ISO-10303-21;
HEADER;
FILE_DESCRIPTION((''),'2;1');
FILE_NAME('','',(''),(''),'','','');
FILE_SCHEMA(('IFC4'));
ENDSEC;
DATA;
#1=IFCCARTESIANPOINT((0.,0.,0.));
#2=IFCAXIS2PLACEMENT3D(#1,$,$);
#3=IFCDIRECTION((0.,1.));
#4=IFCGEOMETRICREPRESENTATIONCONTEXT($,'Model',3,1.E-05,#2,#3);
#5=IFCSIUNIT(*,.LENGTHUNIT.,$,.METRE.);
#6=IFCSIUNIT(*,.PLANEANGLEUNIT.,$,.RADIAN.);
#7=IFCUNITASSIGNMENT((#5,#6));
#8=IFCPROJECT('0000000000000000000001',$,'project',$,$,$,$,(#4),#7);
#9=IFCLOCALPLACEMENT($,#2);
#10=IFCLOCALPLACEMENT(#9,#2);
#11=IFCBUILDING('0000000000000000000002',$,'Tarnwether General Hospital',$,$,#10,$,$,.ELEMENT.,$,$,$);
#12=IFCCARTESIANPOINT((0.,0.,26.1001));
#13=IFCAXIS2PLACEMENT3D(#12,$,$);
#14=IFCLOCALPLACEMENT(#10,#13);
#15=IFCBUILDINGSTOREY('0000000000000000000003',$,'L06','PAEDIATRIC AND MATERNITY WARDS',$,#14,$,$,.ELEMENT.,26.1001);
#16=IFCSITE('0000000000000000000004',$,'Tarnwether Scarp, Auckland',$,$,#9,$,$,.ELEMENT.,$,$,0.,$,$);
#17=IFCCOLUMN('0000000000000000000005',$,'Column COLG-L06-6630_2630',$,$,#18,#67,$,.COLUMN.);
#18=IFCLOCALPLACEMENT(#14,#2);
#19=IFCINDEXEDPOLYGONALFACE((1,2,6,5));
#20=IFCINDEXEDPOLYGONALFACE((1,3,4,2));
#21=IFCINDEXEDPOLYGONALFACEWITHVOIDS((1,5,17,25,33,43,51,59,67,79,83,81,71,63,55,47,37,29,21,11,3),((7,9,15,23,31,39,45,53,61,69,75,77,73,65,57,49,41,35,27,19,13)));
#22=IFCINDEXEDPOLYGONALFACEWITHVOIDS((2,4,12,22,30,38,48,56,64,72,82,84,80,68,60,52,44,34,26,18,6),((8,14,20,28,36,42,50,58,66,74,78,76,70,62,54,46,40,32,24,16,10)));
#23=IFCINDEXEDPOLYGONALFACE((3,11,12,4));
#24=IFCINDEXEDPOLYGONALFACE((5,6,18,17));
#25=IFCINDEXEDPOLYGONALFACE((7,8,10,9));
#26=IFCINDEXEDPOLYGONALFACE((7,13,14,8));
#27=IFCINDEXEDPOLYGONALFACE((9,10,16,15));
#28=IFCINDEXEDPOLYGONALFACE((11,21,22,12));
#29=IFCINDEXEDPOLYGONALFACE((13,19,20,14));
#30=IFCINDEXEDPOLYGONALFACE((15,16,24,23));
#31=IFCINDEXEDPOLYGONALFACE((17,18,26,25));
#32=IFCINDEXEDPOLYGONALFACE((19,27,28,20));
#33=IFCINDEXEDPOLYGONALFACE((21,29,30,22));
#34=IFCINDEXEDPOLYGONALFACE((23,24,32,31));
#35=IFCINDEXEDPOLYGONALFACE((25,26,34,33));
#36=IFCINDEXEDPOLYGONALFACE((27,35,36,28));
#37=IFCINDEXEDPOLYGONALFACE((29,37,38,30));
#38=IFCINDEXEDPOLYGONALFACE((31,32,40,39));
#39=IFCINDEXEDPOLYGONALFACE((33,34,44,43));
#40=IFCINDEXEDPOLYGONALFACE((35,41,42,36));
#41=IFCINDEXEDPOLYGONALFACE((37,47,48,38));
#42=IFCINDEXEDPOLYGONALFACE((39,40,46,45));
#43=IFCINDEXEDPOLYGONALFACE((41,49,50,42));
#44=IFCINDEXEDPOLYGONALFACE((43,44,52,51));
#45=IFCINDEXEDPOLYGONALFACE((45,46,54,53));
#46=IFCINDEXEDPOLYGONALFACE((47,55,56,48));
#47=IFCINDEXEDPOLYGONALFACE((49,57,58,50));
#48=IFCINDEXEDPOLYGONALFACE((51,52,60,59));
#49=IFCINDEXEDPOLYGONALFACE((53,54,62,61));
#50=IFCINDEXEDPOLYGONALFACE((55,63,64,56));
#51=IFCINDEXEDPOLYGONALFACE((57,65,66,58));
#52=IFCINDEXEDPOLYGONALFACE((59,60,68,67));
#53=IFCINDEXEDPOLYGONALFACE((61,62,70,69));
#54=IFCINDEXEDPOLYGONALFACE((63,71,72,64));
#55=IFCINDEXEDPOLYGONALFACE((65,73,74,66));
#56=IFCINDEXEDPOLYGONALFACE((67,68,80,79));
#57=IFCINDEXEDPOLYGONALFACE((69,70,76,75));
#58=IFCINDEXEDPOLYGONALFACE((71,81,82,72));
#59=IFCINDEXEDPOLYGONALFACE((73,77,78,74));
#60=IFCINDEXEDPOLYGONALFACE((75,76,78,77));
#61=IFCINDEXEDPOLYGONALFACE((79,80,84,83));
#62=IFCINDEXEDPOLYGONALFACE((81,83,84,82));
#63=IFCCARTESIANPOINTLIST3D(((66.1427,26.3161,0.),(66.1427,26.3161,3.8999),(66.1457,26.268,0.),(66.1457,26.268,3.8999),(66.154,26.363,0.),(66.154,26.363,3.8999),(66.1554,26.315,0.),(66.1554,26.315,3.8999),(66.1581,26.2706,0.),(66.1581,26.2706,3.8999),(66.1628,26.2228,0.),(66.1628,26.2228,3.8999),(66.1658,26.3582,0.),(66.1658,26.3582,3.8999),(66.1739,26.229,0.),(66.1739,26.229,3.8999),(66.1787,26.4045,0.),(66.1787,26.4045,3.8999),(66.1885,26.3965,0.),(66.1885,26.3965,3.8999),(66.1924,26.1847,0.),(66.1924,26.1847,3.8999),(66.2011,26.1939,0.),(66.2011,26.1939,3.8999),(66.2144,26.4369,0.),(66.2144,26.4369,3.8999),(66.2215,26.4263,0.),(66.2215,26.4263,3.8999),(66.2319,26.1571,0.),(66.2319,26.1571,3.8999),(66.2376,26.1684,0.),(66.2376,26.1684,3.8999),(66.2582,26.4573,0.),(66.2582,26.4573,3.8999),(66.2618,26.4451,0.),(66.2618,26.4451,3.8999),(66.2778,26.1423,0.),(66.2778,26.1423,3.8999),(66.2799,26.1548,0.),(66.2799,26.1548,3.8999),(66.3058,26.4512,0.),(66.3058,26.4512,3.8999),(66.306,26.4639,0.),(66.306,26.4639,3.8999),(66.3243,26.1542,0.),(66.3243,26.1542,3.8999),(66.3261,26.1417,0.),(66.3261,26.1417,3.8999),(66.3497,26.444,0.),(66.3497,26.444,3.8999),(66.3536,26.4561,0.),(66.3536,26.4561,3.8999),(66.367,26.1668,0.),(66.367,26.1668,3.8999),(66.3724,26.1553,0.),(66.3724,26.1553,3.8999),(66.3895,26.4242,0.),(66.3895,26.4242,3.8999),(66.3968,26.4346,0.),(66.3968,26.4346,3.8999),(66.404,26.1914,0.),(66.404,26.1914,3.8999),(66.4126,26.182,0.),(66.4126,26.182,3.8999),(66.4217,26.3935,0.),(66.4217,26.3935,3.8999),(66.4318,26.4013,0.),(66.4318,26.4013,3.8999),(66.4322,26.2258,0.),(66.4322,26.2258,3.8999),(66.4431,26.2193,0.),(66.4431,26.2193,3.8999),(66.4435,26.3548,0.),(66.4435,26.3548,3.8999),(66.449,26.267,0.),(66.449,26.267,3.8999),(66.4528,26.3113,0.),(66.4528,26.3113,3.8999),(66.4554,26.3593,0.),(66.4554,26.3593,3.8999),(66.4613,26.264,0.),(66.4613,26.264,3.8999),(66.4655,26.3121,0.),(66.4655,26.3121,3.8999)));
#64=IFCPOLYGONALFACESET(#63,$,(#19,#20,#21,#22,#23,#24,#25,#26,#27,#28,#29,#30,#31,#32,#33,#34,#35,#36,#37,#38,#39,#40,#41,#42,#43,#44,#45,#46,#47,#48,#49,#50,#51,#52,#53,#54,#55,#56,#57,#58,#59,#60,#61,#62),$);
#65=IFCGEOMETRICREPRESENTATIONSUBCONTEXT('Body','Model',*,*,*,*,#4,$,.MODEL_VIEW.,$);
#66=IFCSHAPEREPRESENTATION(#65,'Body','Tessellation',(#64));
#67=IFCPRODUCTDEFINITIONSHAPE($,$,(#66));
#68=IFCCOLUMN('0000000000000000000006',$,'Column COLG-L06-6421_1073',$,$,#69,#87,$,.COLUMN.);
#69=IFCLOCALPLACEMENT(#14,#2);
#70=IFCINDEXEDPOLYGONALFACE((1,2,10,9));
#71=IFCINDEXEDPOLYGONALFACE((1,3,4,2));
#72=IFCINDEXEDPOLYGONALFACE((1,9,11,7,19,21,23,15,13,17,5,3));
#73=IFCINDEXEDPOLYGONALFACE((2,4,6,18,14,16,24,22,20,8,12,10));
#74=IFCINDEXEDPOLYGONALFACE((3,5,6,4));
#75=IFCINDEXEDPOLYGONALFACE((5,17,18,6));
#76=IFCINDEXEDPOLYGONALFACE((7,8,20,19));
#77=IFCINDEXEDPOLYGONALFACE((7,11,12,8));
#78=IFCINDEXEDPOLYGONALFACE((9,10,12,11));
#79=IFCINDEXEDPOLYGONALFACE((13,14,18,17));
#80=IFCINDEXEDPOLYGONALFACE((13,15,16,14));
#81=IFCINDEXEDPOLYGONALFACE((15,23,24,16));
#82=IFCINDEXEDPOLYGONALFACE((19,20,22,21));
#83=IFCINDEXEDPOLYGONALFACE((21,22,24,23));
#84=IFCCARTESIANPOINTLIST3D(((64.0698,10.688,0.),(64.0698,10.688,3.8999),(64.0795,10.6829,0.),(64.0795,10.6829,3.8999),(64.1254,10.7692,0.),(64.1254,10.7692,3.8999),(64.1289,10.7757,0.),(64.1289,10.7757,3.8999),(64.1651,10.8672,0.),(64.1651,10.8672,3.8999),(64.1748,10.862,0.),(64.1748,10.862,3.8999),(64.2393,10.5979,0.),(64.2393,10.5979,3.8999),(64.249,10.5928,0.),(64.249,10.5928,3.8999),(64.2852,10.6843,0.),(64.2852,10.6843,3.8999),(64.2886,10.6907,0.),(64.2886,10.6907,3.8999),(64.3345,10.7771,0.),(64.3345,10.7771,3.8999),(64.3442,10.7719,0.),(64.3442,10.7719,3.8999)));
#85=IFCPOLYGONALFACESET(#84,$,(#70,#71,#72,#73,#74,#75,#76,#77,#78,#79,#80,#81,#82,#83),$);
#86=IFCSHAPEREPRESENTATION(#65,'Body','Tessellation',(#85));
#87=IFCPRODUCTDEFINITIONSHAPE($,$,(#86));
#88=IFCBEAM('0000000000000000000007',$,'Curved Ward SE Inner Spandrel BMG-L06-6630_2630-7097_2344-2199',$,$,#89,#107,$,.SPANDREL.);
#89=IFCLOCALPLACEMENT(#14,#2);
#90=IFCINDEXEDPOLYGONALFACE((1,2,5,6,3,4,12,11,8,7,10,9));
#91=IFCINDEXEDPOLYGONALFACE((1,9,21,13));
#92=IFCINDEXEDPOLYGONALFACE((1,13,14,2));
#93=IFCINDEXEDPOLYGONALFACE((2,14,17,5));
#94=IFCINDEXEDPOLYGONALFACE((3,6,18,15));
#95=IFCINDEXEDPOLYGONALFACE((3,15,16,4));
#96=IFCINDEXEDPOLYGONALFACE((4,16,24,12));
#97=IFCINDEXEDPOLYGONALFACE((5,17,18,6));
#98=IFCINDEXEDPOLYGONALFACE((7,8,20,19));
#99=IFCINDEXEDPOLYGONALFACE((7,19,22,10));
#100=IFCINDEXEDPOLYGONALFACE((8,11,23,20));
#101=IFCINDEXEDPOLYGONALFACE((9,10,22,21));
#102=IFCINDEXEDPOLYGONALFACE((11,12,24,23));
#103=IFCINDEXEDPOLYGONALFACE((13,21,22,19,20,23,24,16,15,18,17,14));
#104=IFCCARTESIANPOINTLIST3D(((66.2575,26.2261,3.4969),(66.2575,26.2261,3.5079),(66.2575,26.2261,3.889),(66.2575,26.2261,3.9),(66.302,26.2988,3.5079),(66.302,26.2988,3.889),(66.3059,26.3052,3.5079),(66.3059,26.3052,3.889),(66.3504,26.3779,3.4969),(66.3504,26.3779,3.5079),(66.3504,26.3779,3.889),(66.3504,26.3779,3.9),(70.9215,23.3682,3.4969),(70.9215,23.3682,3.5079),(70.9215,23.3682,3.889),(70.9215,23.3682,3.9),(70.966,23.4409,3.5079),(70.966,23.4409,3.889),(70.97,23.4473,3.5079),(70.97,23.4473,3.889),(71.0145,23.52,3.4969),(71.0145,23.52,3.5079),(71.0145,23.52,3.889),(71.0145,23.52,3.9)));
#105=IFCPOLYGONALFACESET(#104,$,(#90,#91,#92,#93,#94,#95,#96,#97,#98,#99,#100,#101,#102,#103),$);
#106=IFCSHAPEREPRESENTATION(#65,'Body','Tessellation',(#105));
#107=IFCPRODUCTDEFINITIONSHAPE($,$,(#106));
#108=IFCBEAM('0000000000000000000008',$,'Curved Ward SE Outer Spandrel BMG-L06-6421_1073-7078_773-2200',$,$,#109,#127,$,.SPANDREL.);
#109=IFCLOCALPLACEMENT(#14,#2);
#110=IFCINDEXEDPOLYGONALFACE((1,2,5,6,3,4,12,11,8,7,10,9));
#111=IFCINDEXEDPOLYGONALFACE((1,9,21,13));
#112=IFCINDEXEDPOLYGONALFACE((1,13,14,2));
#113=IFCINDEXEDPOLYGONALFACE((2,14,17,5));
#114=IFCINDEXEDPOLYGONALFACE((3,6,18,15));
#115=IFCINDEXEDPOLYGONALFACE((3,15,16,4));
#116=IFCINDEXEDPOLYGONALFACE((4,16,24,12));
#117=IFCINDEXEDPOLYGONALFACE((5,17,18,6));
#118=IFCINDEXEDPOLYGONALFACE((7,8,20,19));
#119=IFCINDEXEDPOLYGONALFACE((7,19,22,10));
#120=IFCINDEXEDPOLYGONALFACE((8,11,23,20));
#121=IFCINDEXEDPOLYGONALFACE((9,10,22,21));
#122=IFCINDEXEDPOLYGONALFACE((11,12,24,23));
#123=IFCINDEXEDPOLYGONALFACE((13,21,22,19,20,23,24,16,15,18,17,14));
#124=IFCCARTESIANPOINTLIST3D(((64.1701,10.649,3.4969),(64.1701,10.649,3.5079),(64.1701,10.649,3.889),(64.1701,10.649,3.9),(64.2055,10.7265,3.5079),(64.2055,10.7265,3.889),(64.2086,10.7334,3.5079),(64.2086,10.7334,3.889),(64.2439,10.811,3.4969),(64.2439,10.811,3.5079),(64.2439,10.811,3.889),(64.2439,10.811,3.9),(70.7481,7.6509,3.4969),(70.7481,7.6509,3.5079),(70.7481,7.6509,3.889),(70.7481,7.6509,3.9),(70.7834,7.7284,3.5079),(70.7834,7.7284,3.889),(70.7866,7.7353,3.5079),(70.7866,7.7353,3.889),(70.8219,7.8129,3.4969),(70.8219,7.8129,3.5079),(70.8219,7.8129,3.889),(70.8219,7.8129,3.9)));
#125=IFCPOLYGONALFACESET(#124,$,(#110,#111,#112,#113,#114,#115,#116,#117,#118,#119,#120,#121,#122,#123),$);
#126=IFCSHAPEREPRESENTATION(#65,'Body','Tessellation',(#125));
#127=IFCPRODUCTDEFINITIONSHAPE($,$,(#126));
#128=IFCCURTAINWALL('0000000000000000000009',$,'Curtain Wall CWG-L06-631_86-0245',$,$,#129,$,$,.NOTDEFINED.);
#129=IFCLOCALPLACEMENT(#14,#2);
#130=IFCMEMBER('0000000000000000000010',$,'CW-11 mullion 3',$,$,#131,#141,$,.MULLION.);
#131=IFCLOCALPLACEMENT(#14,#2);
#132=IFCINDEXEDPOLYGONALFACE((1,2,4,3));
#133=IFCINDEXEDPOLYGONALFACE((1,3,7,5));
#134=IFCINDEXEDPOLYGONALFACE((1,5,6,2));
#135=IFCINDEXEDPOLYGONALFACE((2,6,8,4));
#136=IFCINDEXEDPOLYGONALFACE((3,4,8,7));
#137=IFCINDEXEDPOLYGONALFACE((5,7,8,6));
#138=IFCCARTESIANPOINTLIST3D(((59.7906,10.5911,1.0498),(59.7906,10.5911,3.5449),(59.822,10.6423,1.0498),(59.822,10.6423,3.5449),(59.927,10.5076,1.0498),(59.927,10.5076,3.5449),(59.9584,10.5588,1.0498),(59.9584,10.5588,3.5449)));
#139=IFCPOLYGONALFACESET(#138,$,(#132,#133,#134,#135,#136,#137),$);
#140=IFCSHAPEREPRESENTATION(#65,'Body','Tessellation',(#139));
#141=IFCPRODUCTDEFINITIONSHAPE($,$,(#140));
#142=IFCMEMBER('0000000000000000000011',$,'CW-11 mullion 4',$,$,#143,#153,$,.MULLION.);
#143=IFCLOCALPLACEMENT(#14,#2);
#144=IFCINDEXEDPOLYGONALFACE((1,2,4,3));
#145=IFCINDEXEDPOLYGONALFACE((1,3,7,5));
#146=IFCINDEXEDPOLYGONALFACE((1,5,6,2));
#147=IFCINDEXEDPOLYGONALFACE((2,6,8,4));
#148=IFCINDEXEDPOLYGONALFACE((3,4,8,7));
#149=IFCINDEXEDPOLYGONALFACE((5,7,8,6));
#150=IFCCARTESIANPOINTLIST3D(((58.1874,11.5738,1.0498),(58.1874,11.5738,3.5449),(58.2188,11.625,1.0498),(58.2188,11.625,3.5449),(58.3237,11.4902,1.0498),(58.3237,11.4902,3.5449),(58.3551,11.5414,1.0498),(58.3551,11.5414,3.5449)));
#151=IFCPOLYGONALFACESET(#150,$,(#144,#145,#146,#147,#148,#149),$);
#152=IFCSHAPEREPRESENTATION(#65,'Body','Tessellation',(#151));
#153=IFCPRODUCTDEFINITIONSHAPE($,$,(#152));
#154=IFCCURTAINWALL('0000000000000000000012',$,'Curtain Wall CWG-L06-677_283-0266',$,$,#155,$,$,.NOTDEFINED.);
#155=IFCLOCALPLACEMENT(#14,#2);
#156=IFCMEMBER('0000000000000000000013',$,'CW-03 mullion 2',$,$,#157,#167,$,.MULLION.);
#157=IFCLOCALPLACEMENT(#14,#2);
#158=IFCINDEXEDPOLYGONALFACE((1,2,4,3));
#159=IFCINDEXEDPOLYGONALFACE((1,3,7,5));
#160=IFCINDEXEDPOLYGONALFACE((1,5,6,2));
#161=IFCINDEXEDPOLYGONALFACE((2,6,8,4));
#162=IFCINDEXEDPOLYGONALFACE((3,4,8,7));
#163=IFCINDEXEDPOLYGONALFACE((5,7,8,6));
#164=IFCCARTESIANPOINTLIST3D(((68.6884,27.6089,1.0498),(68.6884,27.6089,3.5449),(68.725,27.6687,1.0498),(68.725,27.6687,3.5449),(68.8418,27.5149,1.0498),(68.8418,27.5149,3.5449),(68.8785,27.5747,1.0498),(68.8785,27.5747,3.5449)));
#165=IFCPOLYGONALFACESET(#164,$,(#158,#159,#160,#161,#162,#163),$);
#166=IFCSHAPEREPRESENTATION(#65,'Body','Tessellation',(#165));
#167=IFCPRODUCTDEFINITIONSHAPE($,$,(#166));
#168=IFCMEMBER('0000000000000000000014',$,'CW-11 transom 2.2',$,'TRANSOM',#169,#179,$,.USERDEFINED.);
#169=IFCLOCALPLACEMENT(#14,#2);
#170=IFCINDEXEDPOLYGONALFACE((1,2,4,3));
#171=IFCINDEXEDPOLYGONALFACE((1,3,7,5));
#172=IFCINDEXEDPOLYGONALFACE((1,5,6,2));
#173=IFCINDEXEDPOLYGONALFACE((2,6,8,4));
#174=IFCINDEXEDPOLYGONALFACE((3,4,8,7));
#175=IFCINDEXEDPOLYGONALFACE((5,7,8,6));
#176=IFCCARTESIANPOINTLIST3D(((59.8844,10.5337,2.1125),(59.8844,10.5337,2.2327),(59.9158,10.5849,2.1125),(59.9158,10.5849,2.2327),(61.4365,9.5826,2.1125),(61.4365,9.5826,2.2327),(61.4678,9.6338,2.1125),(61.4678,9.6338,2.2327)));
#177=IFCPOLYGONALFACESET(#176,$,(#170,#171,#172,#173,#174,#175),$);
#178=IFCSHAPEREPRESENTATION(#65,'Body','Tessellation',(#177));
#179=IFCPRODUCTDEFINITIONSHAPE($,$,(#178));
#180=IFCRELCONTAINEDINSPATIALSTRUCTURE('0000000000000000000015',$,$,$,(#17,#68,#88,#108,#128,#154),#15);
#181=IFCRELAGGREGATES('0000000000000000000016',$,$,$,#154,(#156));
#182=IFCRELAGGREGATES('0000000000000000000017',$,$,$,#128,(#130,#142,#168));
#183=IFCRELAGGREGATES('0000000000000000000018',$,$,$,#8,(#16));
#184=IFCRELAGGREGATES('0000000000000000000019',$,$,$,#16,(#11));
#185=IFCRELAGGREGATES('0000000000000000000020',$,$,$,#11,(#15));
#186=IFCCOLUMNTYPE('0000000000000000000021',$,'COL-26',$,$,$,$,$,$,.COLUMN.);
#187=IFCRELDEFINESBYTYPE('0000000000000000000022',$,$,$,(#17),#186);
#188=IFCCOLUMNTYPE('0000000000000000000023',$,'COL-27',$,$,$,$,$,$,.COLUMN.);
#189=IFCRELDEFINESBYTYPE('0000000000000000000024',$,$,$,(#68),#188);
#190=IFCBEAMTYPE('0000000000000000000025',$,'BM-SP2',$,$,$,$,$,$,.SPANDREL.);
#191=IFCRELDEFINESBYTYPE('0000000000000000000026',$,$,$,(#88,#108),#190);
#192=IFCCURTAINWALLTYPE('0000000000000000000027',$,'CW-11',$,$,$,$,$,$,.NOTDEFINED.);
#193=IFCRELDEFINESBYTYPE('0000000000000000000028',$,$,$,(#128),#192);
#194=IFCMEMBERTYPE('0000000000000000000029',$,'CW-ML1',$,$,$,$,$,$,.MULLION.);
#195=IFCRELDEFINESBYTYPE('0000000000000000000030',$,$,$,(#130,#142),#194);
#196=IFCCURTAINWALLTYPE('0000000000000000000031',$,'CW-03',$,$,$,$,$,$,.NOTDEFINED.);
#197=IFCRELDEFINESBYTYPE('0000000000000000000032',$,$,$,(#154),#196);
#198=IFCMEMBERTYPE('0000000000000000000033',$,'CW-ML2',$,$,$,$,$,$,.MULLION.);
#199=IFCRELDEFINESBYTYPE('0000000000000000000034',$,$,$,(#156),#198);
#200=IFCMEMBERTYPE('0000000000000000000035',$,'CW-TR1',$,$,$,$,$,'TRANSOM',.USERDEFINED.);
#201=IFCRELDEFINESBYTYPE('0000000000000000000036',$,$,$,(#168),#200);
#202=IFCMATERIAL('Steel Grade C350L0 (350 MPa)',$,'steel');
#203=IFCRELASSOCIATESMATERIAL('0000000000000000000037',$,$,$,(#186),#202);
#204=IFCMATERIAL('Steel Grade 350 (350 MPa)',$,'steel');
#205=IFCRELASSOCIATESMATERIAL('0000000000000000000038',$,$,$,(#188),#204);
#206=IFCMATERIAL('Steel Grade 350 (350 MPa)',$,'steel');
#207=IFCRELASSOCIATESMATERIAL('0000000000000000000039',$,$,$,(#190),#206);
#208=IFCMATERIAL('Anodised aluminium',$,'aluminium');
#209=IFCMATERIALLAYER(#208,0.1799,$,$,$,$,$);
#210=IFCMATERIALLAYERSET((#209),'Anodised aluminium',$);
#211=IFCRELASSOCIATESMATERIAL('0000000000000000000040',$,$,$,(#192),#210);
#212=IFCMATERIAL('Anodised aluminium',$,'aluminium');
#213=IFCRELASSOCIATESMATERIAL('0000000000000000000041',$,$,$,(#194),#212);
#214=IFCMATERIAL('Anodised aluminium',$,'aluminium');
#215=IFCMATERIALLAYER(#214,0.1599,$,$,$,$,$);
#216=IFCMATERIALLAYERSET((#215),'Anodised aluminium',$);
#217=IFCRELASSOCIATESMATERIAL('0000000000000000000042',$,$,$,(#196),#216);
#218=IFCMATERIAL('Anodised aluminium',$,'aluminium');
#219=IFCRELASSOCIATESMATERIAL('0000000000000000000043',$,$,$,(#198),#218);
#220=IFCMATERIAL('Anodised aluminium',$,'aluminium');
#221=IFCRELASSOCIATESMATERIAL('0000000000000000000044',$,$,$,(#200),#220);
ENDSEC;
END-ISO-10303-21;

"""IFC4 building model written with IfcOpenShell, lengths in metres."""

from ifc_helpers import new_model, si_unit, direction, frame, origin, origin_2d, place, context, subcontext, project, spatial, rectangle, hollow_circle, i_section, extrude, material, layer, layer_set, material_profile, profile_set, type_object, element, aggregate, save


model = new_model("IFC4")

# Units and contexts
model_context = context("Model", 3, precision=1e-05, world=origin(), true_north=direction((0.0, 1.0)))
body_context = subcontext(model_context, "Body", "Model", "MODEL_VIEW")
ifc_project = project(units=[si_unit("LENGTHUNIT", "METRE"), si_unit("PLANEANGLEUNIT", "RADIAN")], contexts=[model_context])

# Site, building, storey
site_placement = place(None, origin())
site = spatial("IfcSite", under=ifc_project, at=site_placement, Name="Tarnwether Scarp, Auckland", CompositionType="ELEMENT", RefElevation=0.0)
building_placement = place(site_placement, origin())
building = spatial("IfcBuilding", under=site, at=building_placement, Name="Tarnwether General Hospital", CompositionType="ELEMENT")
storey_placement = place(building_placement, frame((0.0, 0.0, 26.1001)))
storey = spatial("IfcBuildingStorey", under=building, at=storey_placement, Name="L06", Description="PAEDIATRIC AND MATERNITY WARDS", CompositionType="ELEMENT", Elevation=26.1001)

# Columns
ifc_material_1 = material(Name="Steel Grade C350L0 (350 MPa)", Category="steel")
ifc_material_profile_1 = material_profile(ifc_material_1, hollow_circle(Radius=0.1619, WallThickness=0.0127, at=origin_2d()), Name="CHS323.9x12.7")
ifc_profile_set_1 = profile_set([ifc_material_profile_1], Name="Steel Grade C350L0 (350 MPa)")
column_type_1 = type_object("IfcColumnType", Name="COL-26", PredefinedType="COLUMN", material=ifc_profile_set_1)
column_1_placement = place(storey_placement, frame((66.304, 26.302, 0.0), z_axis=(0.0, 0.0, 1.0), x_axis=(0.573576, 0.819152, 0.0)))
element("IfcColumn", 1, at=column_1_placement, inside=storey, type_object=column_type_1, Name="Column COLG-L06-6630_2630", PredefinedType="COLUMN", context=body_context, shape_type="SweptSolid", body=[
    extrude(hollow_circle(Radius=0.1619, WallThickness=0.0127, at=origin_2d()), origin(), (0.0, 0.0, 1.0), 3.8999),
])
ifc_material_2 = material(Name="Steel Grade 350 (350 MPa)", Category="steel")
ifc_material_profile_2 = material_profile(ifc_material_2, i_section(OverallWidth=0.2029, OverallDepth=0.2029, WebThickness=0.0073, FlangeThickness=0.011, at=origin_2d()), Name="200UC46.2")
ifc_profile_set_2 = profile_set([ifc_material_profile_2], Name="Steel Grade 350 (350 MPa)")
column_type_2 = type_object("IfcColumnType", Name="COL-27", PredefinedType="COLUMN", material=ifc_profile_set_2)
column_2_placement = place(storey_placement, frame((64.207, 10.73, 0.0), z_axis=(0.0, 0.0, 1.0), x_axis=(0.469472, 0.882948, 0.0)))
element("IfcColumn", 2, at=column_2_placement, inside=storey, type_object=column_type_2, Name="Column COLG-L06-6421_1073", PredefinedType="COLUMN", context=body_context, shape_type="SweptSolid", body=[
    extrude(i_section(OverallWidth=0.2029, OverallDepth=0.2029, WebThickness=0.0073, FlangeThickness=0.011, at=origin_2d()), origin(), (0.0, 0.0, 1.0), 3.8999),
])

# Beams
ifc_material_3 = material(Name="Steel Grade 350 (350 MPa)", Category="steel")
ifc_material_profile_3 = material_profile(ifc_material_3, i_section(OverallWidth=0.178, OverallDepth=0.4031, WebThickness=0.0076, FlangeThickness=0.011, at=origin_2d()), Name="410UB53.7")
ifc_profile_set_3 = profile_set([ifc_material_profile_3], Name="Steel Grade 350 (350 MPa)")
beam_type = type_object("IfcBeamType", Name="BM-SP2", PredefinedType="SPANDREL", material=ifc_profile_set_3)
beam_1_placement = place(storey_placement, frame((66.304, 26.302, 3.6985), z_axis=(0.852659, -0.522468, 0.0), x_axis=(0.522468, 0.852659, 0.0)))
element("IfcBeam", 3, at=beam_1_placement, inside=storey, type_object=beam_type, Name="Curved Ward SE Inner Spandrel BMG-L06-6630_2630-7097_2344-2199", PredefinedType="SPANDREL", context=body_context, shape_type="SweptSolid", body=[
    extrude(i_section(OverallWidth=0.178, OverallDepth=0.4031, WebThickness=0.0076, FlangeThickness=0.011, at=origin_2d()), origin(), (0.0, 0.0, 1.0), 5.47),
])
beam_2_placement = place(storey_placement, frame((64.207, 10.73, 3.6985), z_axis=(0.909944, -0.414731, 0.0), x_axis=(0.414731, 0.909944, 0.0)))
element("IfcBeam", 4, at=beam_2_placement, inside=storey, type_object=beam_type, Name="Curved Ward SE Outer Spandrel BMG-L06-6421_1073-7078_773-2200", PredefinedType="SPANDREL", context=body_context, shape_type="SweptSolid", body=[
    extrude(i_section(OverallWidth=0.178, OverallDepth=0.4031, WebThickness=0.0076, FlangeThickness=0.011, at=origin_2d()), origin(), (0.0, 0.0, 1.0), 7.229),
])

# Curtain wall, members
ifc_material_4 = material(Name="Anodised aluminium", Category="aluminium")
ifc_layer_1 = layer(ifc_material_4, 0.1799)
ifc_layer_set_1 = layer_set([ifc_layer_1], Name="Anodised aluminium")
curtain_wall_type_1 = type_object("IfcCurtainWallType", Name="CW-11", PredefinedType="NOTDEFINED", material=ifc_layer_set_1)
curtain_wall_1_placement = place(storey_placement, origin())
curtain_wall_1 = element("IfcCurtainWall", 5, at=curtain_wall_1_placement, inside=storey, type_object=curtain_wall_type_1, Name="Curtain Wall CWG-L06-631_86-0245", PredefinedType="NOTDEFINED")
ifc_material_5 = material(Name="Anodised aluminium", Category="aluminium")
ifc_material_profile_4 = material_profile(ifc_material_5, rectangle(XDim=0.0601, YDim=0.1599, at=origin_2d()), Name="ALU-MUL-60x160")
ifc_profile_set_4 = profile_set([ifc_material_profile_4], Name="Anodised aluminium")
member_type_1 = type_object("IfcMemberType", Name="CW-ML1", PredefinedType="MULLION", material=ifc_profile_set_4)
member_1_placement = place(storey_placement, frame((59.8745, 10.575, 1.0498), z_axis=(0.0, 0.0, 1.0), x_axis=(-0.522509, -0.852634, 0.0)))
member_1 = element("IfcMember", 6, at=member_1_placement, type_object=member_type_1, Name="CW-11 mullion 3", PredefinedType="MULLION", context=body_context, shape_type="SweptSolid", body=[
    extrude(rectangle(XDim=0.0601, YDim=0.1599, at=origin_2d()), origin(), (0.0, 0.0, 1.0), 2.4951),
])
member_2_placement = place(storey_placement, frame((58.2712, 11.5576, 1.0498), z_axis=(0.0, 0.0, 1.0), x_axis=(-0.522509, -0.852634, 0.0)))
member_2 = element("IfcMember", 7, at=member_2_placement, type_object=member_type_1, Name="CW-11 mullion 4", PredefinedType="MULLION", context=body_context, shape_type="SweptSolid", body=[
    extrude(rectangle(XDim=0.0601, YDim=0.1599, at=origin_2d()), origin(), (0.0, 0.0, 1.0), 2.4951),
])

# Curtain wall, member
ifc_material_6 = material(Name="Anodised aluminium", Category="aluminium")
ifc_layer_2 = layer(ifc_material_6, 0.1599)
ifc_layer_set_2 = layer_set([ifc_layer_2], Name="Anodised aluminium")
curtain_wall_type_2 = type_object("IfcCurtainWallType", Name="CW-03", PredefinedType="NOTDEFINED", material=ifc_layer_set_2)
curtain_wall_2_placement = place(storey_placement, origin())
curtain_wall_2 = element("IfcCurtainWall", 8, at=curtain_wall_2_placement, inside=storey, type_object=curtain_wall_type_2, Name="Curtain Wall CWG-L06-677_283-0266", PredefinedType="NOTDEFINED")
ifc_material_7 = material(Name="Anodised aluminium", Category="aluminium")
ifc_material_profile_5 = material_profile(ifc_material_7, rectangle(XDim=0.0701, YDim=0.1799, at=origin_2d()), Name="ALU-MUL-70x180")
ifc_profile_set_5 = profile_set([ifc_material_profile_5], Name="Anodised aluminium")
member_type_2 = type_object("IfcMemberType", Name="CW-ML2", PredefinedType="MULLION", material=ifc_profile_set_5)
member_3_placement = place(storey_placement, frame((68.7834, 27.5918, 1.0498), z_axis=(0.0, 0.0, 1.0), x_axis=(0.522512, 0.852632, 0.0)))
member_3 = element("IfcMember", 9, at=member_3_placement, type_object=member_type_2, Name="CW-03 mullion 2", PredefinedType="MULLION", context=body_context, shape_type="SweptSolid", body=[
    extrude(rectangle(XDim=0.0701, YDim=0.1799, at=origin_2d()), origin(), (0.0, 0.0, 1.0), 2.4951),
])

# Member
ifc_material_8 = material(Name="Anodised aluminium", Category="aluminium")
ifc_material_profile_6 = material_profile(ifc_material_8, rectangle(XDim=0.0601, YDim=0.1201, at=origin_2d()), Name="ALU-TRN-60x120")
ifc_profile_set_6 = profile_set([ifc_material_profile_6], Name="Anodised aluminium")
member_type_3 = type_object("IfcMemberType", Name="CW-TR1", ElementType="TRANSOM", PredefinedType="USERDEFINED", material=ifc_profile_set_6)
member_4_placement = place(storey_placement, frame((61.4521, 9.6082, 2.1726), z_axis=(-0.852615, 0.52254, 0.0), x_axis=(-0.52254, -0.852615, 0.0)))
member_4 = element("IfcMember", 10, at=member_4_placement, type_object=member_type_3, Name="CW-11 transom 2.2", ObjectType="TRANSOM", PredefinedType="USERDEFINED", context=body_context, shape_type="SweptSolid", body=[
    extrude(rectangle(XDim=0.0601, YDim=0.1201, at=origin_2d()), origin(), (0.0, 0.0, 1.0), 1.8203),
])
aggregate(curtain_wall_2, [member_3])

aggregate(curtain_wall_1, [member_1, member_2, member_4])

save(model, "model.ifc")
